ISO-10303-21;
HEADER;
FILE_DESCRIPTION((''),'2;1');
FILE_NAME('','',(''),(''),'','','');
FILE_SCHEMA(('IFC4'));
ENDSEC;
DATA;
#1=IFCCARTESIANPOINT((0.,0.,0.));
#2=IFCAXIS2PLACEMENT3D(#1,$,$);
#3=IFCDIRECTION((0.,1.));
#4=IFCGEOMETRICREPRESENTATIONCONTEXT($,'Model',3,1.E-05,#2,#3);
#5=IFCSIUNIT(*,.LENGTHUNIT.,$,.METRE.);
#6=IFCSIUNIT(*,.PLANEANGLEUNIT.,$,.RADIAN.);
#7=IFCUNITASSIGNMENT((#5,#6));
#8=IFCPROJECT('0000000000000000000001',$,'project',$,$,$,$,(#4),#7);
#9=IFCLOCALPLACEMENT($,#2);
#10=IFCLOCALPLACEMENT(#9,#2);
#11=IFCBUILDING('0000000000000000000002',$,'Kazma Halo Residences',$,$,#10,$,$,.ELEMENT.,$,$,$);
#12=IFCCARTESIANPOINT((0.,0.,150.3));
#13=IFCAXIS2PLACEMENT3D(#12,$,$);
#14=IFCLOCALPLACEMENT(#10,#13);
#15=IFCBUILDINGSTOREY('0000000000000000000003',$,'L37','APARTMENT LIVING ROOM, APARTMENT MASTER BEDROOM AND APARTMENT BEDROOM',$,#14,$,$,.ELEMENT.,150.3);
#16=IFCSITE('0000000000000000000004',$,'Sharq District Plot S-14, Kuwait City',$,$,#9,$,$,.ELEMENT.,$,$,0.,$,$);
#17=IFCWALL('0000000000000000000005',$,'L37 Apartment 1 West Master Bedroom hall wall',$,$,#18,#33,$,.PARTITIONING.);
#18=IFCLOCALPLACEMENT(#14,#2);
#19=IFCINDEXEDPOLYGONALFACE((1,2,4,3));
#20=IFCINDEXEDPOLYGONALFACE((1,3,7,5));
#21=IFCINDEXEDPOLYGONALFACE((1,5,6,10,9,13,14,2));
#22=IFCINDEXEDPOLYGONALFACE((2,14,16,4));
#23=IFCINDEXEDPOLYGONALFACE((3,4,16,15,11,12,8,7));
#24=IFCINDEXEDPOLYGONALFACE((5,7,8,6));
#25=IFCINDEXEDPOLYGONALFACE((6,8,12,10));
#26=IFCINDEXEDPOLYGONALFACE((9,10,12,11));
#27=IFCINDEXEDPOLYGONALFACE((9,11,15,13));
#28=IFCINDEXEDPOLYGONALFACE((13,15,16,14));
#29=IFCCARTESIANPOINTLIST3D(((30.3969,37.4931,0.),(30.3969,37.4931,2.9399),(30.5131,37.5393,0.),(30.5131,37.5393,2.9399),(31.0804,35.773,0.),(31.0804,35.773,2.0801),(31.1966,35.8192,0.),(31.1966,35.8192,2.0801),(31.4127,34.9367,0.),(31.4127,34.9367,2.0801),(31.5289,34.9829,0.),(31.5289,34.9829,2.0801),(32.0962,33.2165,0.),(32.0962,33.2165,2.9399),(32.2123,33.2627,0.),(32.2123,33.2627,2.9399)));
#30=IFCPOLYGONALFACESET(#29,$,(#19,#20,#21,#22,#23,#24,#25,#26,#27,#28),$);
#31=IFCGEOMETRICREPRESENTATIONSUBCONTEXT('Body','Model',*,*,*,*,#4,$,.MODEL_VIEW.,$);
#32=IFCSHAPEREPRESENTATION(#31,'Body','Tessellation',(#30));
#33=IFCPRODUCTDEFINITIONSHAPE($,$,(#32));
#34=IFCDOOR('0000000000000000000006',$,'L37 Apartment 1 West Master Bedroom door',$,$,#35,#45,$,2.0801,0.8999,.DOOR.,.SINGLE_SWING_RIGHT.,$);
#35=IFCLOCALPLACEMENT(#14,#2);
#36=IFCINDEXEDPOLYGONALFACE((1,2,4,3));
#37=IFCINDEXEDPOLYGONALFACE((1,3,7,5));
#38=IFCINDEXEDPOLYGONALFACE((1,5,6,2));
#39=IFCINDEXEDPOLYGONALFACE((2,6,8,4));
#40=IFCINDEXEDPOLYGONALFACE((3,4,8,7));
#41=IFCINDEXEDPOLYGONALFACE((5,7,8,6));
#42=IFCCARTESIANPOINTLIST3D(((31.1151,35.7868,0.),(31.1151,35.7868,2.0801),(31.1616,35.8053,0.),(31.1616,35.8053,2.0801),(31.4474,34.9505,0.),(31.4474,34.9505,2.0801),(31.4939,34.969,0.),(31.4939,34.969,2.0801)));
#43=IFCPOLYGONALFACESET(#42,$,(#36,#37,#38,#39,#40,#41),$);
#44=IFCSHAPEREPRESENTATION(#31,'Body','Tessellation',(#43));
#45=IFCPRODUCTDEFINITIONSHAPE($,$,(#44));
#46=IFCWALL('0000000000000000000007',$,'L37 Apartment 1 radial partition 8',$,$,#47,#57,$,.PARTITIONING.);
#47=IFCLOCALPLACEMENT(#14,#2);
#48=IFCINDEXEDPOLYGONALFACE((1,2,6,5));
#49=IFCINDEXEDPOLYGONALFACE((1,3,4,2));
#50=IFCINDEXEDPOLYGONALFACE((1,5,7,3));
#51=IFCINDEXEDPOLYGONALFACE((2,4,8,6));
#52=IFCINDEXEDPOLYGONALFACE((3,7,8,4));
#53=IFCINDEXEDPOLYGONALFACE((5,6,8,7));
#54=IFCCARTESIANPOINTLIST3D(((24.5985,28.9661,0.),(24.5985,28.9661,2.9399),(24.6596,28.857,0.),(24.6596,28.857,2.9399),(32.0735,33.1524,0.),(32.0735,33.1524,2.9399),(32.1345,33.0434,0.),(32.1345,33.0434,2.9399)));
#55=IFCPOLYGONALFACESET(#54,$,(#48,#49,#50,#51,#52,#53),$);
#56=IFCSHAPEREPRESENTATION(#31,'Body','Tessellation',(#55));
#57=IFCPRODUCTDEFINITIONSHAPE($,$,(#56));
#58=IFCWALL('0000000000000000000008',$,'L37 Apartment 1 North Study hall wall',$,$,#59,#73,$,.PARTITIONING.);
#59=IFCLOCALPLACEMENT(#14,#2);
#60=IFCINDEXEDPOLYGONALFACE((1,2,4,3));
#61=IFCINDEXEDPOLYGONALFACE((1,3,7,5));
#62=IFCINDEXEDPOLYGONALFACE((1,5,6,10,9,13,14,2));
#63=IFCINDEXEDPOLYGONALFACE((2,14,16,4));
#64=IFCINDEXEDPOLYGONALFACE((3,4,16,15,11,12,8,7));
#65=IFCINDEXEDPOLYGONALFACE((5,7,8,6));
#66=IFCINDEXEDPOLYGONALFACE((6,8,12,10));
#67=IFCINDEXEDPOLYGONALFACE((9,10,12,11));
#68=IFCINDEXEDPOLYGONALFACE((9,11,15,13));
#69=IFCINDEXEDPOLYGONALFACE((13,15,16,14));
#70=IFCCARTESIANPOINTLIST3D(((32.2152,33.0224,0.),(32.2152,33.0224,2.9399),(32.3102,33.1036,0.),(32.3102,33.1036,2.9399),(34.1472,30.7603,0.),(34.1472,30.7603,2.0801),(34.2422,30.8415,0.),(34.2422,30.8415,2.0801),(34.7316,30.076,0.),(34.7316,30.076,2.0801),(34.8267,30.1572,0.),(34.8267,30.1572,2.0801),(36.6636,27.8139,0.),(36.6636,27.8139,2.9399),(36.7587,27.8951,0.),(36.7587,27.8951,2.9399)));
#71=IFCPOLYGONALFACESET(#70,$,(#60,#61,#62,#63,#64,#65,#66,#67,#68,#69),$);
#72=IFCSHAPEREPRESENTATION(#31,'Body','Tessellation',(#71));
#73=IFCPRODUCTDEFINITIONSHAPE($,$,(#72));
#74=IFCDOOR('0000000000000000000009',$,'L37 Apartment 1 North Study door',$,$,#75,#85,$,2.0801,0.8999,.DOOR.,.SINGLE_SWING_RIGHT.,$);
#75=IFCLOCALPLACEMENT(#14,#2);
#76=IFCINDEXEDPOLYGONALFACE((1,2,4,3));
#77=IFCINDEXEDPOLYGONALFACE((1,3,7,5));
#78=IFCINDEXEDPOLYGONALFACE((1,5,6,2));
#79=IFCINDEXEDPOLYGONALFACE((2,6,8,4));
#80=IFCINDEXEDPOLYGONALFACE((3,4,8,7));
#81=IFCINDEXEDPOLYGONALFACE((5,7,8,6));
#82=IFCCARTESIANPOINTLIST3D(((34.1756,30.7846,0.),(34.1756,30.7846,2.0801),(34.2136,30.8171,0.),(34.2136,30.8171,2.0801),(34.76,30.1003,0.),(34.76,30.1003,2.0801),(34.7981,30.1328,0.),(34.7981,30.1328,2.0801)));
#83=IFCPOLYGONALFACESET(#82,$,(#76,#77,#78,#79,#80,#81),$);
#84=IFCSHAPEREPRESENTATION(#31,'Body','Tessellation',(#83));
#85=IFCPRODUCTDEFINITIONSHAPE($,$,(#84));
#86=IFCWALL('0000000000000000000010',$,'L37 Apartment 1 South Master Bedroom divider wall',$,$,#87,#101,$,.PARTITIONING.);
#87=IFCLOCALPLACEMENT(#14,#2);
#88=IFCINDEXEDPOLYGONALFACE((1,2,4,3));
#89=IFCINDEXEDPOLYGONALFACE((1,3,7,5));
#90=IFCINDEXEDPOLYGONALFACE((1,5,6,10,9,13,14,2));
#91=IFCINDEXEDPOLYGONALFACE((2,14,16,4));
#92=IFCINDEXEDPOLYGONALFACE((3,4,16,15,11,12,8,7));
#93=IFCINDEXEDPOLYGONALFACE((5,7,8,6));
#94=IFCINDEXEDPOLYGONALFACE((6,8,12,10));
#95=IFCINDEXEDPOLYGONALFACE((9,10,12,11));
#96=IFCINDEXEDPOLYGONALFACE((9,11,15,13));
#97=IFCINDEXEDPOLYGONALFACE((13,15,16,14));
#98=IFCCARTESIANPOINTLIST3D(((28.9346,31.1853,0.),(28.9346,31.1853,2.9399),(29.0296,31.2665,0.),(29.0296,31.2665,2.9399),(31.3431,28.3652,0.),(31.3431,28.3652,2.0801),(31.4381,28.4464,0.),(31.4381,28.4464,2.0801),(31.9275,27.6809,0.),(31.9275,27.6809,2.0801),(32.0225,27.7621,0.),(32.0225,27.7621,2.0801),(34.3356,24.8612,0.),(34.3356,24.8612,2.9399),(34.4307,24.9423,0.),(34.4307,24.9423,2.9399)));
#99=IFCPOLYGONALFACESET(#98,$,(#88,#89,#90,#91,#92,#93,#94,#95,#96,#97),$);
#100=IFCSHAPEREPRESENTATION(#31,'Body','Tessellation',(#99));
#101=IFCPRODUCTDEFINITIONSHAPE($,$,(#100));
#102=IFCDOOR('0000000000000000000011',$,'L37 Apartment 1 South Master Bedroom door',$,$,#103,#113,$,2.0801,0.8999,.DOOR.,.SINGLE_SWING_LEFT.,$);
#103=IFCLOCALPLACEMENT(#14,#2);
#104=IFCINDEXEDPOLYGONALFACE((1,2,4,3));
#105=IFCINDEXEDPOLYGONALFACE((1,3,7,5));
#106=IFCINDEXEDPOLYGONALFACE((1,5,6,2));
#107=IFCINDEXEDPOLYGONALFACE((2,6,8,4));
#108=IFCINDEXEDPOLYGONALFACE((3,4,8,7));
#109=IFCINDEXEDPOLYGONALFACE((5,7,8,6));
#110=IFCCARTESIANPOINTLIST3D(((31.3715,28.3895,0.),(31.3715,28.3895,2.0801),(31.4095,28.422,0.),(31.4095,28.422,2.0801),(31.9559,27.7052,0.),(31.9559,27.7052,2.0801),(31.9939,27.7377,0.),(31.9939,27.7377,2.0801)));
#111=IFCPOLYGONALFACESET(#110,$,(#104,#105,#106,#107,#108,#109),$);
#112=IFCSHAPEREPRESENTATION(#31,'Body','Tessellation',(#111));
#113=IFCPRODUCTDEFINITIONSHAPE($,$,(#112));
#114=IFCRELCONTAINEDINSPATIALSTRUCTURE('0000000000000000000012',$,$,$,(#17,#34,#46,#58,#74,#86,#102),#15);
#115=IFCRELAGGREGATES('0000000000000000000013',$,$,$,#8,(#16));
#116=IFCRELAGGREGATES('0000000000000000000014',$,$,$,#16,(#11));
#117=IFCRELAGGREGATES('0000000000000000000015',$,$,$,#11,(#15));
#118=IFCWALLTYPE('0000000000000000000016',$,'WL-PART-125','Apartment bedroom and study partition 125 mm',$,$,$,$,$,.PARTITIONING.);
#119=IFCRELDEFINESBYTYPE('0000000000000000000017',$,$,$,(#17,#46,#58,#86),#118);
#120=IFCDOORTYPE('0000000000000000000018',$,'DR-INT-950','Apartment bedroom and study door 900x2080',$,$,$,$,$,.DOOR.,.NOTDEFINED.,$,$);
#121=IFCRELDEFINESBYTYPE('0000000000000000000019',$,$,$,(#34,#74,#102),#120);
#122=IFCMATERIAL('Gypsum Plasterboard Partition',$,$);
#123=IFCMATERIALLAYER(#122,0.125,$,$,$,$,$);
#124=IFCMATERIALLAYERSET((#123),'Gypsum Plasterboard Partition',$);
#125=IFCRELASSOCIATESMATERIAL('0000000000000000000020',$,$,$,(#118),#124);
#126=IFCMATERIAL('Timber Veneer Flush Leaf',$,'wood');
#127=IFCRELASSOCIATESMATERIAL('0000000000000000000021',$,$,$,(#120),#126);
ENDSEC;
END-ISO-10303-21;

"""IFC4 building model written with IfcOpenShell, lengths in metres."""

from ifc_helpers import new_model, si_unit, direction, frame, frame_2d, origin, place, context, subcontext, project, spatial, rectangle, extrude, material, layer, layer_set, type_object, element, fill, save


model = new_model("IFC4")

# Units and contexts
model_context = context("Model", 3, precision=1e-05, world=origin(), true_north=direction((0.0, 1.0)))
body_context = subcontext(model_context, "Body", "Model", "MODEL_VIEW")
ifc_project = project(units=[si_unit("LENGTHUNIT", "METRE"), si_unit("PLANEANGLEUNIT", "RADIAN")], contexts=[model_context])

# Site, building, storey
site_placement = place(None, origin())
site = spatial("IfcSite", under=ifc_project, at=site_placement, Name="Sharq District Plot S-14, Kuwait City", CompositionType="ELEMENT", RefElevation=0.0)
building_placement = place(site_placement, origin())
building = spatial("IfcBuilding", under=site, at=building_placement, Name="Kazma Halo Residences", CompositionType="ELEMENT")
storey_placement = place(building_placement, frame((0.0, 0.0, 150.3)))
storey = spatial("IfcBuildingStorey", under=building, at=storey_placement, Name="L37", Description="APARTMENT LIVING ROOM, APARTMENT MASTER BEDROOM AND APARTMENT BEDROOM", CompositionType="ELEMENT", Elevation=150.3)

# Shared definitions
ifc_material_1 = material(Name="Gypsum Plasterboard Partition")
ifc_layer_1 = layer(ifc_material_1, 0.125)
ifc_layer_set_1 = layer_set([ifc_layer_1], Name="Gypsum Plasterboard Partition")
wall_type_1 = type_object("IfcWallType", Name="WL-PART-125", Description="Apartment bedroom and study partition 125 mm", PredefinedType="PARTITIONING", material=ifc_layer_set_1)

# Wall, opening, door
wall_1_placement = place(storey_placement, frame((30.4551, 37.5161, 0.0), z_axis=(0.0, 0.0, 1.0), x_axis=(0.369249, -0.92933, 0.0)))
wall_1 = element("IfcWall", 1, at=wall_1_placement, inside=storey, type_object=wall_type_1, Name="L37 Apartment 1 West Master Bedroom hall wall", PredefinedType="PARTITIONING", context=body_context, shape_type="SweptSolid", body=[
    extrude(rectangle(XDim=4.6018, YDim=0.125, at=frame_2d((2.3008, 0.0))), origin(), (0.0, 0.0, 1.0), 2.9399),
])
opening_1_placement = place(wall_1_placement, frame((1.8508, 0.0, 0.0)))
opening_1 = element("IfcOpeningElement", 2, at=opening_1_placement, cuts=wall_1, PredefinedType="OPENING", context=body_context, shape_type="SweptSolid", body=[
    extrude(rectangle(XDim=0.8999, YDim=2.0801, at=frame_2d((0.45, 1.04))), frame((0.0, 0.0725, 0.0), z_axis=(0.0, -1.0, 0.0), x_axis=(1.0, 0.0, 0.0)), (0.0, 0.0, 1.0), 0.145),
])
ifc_material_2 = material(Name="Timber Veneer Flush Leaf", Category="wood")
door_type_1 = type_object("IfcDoorType", Name="DR-INT-950", Description="Apartment bedroom and study door 900x2080", OperationType="NOTDEFINED", PredefinedType="DOOR", material=ifc_material_2)
door_1_placement = place(opening_1_placement, origin())
door_1 = element("IfcDoor", 3, at=door_1_placement, inside=storey, type_object=door_type_1, Name="L37 Apartment 1 West Master Bedroom door", OperationType="SINGLE_SWING_RIGHT", OverallHeight=2.0801, OverallWidth=0.8999, PredefinedType="DOOR", context=body_context, shape_type="SweptSolid", body=[
    extrude(rectangle(XDim=0.8999, YDim=2.0801, at=frame_2d((0.45, 1.04))), frame((0.0, 0.0249, 0.0), z_axis=(0.0, -1.0, 0.0), x_axis=(1.0, 0.0, 0.0)), (0.0, 0.0, 1.0), 0.05),
])
fill(opening_1, door_1)

# Wall
wall_2_placement = place(storey_placement, frame((32.104, 33.0979, 0.0), z_axis=(0.0, 0.0, 1.0), x_axis=(-0.872488, -0.488635, 0.0)))
element("IfcWall", 4, at=wall_2_placement, inside=storey, type_object=wall_type_1, Name="L37 Apartment 1 radial partition 8", PredefinedType="PARTITIONING", context=body_context, shape_type="SweptSolid", body=[
    extrude(rectangle(XDim=8.5674, YDim=0.125, at=frame_2d((4.2837, 0.0))), origin(), (0.0, 0.0, 1.0), 2.9399),
])

# Walls, openings, doors
wall_3_placement = place(storey_placement, frame((32.2627, 33.063, 0.0), z_axis=(0.0, 0.0, 1.0), x_axis=(0.649449, -0.760405, 0.0)))
wall_3 = element("IfcWall", 5, at=wall_3_placement, inside=storey, type_object=wall_type_1, Name="L37 Apartment 1 North Study hall wall", PredefinedType="PARTITIONING", context=body_context, shape_type="SweptSolid", body=[
    extrude(rectangle(XDim=6.8496, YDim=0.125, at=frame_2d((3.4248, 0.0))), origin(), (0.0, 0.0, 1.0), 2.9399),
])
opening_2_placement = place(wall_3_placement, frame((2.9749, 0.0, 0.0)))
opening_2 = element("IfcOpeningElement", 6, at=opening_2_placement, cuts=wall_3, PredefinedType="OPENING", context=body_context, shape_type="SweptSolid", body=[
    extrude(rectangle(XDim=0.8999, YDim=2.0801, at=frame_2d((0.45, 1.04))), frame((0.0, 0.0725, 0.0), z_axis=(0.0, -1.0, 0.0), x_axis=(1.0, 0.0, 0.0)), (0.0, 0.0, 1.0), 0.145),
])
door_2_placement = place(opening_2_placement, origin())
door_2 = element("IfcDoor", 7, at=door_2_placement, inside=storey, type_object=door_type_1, Name="L37 Apartment 1 North Study door", OperationType="SINGLE_SWING_RIGHT", OverallHeight=2.0801, OverallWidth=0.8999, PredefinedType="DOOR", context=body_context, shape_type="SweptSolid", body=[
    extrude(rectangle(XDim=0.8999, YDim=2.0801, at=frame_2d((0.45, 1.04))), frame((0.0, 0.0249, 0.0), z_axis=(0.0, -1.0, 0.0), x_axis=(1.0, 0.0, 0.0)), (0.0, 0.0, 1.0), 0.05),
])
fill(opening_2, door_2)
wall_4_placement = place(storey_placement, frame((28.9822, 31.2258, 0.0), z_axis=(0.0, 0.0, 1.0), x_axis=(0.649429, -0.760422, 0.0)))
wall_4 = element("IfcWall", 8, at=wall_4_placement, inside=storey, type_object=wall_type_1, Name="L37 Apartment 1 South Master Bedroom divider wall", PredefinedType="PARTITIONING", context=body_context, shape_type="SweptSolid", body=[
    extrude(rectangle(XDim=8.3167, YDim=0.125, at=frame_2d((4.1582, 0.0))), origin(), (0.0, 0.0, 1.0), 2.9399),
])
opening_3_placement = place(wall_4_placement, frame((3.7085, 0.0, 0.0)))
opening_3 = element("IfcOpeningElement", 9, at=opening_3_placement, cuts=wall_4, PredefinedType="OPENING", context=body_context, shape_type="SweptSolid", body=[
    extrude(rectangle(XDim=0.8999, YDim=2.0801, at=frame_2d((0.45, 1.04))), frame((0.0, 0.0725, 0.0), z_axis=(0.0, -1.0, 0.0), x_axis=(1.0, 0.0, 0.0)), (0.0, 0.0, 1.0), 0.145),
])
door_3_placement = place(opening_3_placement, origin())
door_3 = element("IfcDoor", 10, at=door_3_placement, inside=storey, type_object=door_type_1, Name="L37 Apartment 1 South Master Bedroom door", OperationType="SINGLE_SWING_LEFT", OverallHeight=2.0801, OverallWidth=0.8999, PredefinedType="DOOR", context=body_context, shape_type="SweptSolid", body=[
    extrude(rectangle(XDim=0.8999, YDim=2.0801, at=frame_2d((0.45, 1.04))), frame((0.0, 0.0249, 0.0), z_axis=(0.0, -1.0, 0.0), x_axis=(1.0, 0.0, 0.0)), (0.0, 0.0, 1.0), 0.05),
])
fill(opening_3, door_3)

save(model, "model.ifc")
